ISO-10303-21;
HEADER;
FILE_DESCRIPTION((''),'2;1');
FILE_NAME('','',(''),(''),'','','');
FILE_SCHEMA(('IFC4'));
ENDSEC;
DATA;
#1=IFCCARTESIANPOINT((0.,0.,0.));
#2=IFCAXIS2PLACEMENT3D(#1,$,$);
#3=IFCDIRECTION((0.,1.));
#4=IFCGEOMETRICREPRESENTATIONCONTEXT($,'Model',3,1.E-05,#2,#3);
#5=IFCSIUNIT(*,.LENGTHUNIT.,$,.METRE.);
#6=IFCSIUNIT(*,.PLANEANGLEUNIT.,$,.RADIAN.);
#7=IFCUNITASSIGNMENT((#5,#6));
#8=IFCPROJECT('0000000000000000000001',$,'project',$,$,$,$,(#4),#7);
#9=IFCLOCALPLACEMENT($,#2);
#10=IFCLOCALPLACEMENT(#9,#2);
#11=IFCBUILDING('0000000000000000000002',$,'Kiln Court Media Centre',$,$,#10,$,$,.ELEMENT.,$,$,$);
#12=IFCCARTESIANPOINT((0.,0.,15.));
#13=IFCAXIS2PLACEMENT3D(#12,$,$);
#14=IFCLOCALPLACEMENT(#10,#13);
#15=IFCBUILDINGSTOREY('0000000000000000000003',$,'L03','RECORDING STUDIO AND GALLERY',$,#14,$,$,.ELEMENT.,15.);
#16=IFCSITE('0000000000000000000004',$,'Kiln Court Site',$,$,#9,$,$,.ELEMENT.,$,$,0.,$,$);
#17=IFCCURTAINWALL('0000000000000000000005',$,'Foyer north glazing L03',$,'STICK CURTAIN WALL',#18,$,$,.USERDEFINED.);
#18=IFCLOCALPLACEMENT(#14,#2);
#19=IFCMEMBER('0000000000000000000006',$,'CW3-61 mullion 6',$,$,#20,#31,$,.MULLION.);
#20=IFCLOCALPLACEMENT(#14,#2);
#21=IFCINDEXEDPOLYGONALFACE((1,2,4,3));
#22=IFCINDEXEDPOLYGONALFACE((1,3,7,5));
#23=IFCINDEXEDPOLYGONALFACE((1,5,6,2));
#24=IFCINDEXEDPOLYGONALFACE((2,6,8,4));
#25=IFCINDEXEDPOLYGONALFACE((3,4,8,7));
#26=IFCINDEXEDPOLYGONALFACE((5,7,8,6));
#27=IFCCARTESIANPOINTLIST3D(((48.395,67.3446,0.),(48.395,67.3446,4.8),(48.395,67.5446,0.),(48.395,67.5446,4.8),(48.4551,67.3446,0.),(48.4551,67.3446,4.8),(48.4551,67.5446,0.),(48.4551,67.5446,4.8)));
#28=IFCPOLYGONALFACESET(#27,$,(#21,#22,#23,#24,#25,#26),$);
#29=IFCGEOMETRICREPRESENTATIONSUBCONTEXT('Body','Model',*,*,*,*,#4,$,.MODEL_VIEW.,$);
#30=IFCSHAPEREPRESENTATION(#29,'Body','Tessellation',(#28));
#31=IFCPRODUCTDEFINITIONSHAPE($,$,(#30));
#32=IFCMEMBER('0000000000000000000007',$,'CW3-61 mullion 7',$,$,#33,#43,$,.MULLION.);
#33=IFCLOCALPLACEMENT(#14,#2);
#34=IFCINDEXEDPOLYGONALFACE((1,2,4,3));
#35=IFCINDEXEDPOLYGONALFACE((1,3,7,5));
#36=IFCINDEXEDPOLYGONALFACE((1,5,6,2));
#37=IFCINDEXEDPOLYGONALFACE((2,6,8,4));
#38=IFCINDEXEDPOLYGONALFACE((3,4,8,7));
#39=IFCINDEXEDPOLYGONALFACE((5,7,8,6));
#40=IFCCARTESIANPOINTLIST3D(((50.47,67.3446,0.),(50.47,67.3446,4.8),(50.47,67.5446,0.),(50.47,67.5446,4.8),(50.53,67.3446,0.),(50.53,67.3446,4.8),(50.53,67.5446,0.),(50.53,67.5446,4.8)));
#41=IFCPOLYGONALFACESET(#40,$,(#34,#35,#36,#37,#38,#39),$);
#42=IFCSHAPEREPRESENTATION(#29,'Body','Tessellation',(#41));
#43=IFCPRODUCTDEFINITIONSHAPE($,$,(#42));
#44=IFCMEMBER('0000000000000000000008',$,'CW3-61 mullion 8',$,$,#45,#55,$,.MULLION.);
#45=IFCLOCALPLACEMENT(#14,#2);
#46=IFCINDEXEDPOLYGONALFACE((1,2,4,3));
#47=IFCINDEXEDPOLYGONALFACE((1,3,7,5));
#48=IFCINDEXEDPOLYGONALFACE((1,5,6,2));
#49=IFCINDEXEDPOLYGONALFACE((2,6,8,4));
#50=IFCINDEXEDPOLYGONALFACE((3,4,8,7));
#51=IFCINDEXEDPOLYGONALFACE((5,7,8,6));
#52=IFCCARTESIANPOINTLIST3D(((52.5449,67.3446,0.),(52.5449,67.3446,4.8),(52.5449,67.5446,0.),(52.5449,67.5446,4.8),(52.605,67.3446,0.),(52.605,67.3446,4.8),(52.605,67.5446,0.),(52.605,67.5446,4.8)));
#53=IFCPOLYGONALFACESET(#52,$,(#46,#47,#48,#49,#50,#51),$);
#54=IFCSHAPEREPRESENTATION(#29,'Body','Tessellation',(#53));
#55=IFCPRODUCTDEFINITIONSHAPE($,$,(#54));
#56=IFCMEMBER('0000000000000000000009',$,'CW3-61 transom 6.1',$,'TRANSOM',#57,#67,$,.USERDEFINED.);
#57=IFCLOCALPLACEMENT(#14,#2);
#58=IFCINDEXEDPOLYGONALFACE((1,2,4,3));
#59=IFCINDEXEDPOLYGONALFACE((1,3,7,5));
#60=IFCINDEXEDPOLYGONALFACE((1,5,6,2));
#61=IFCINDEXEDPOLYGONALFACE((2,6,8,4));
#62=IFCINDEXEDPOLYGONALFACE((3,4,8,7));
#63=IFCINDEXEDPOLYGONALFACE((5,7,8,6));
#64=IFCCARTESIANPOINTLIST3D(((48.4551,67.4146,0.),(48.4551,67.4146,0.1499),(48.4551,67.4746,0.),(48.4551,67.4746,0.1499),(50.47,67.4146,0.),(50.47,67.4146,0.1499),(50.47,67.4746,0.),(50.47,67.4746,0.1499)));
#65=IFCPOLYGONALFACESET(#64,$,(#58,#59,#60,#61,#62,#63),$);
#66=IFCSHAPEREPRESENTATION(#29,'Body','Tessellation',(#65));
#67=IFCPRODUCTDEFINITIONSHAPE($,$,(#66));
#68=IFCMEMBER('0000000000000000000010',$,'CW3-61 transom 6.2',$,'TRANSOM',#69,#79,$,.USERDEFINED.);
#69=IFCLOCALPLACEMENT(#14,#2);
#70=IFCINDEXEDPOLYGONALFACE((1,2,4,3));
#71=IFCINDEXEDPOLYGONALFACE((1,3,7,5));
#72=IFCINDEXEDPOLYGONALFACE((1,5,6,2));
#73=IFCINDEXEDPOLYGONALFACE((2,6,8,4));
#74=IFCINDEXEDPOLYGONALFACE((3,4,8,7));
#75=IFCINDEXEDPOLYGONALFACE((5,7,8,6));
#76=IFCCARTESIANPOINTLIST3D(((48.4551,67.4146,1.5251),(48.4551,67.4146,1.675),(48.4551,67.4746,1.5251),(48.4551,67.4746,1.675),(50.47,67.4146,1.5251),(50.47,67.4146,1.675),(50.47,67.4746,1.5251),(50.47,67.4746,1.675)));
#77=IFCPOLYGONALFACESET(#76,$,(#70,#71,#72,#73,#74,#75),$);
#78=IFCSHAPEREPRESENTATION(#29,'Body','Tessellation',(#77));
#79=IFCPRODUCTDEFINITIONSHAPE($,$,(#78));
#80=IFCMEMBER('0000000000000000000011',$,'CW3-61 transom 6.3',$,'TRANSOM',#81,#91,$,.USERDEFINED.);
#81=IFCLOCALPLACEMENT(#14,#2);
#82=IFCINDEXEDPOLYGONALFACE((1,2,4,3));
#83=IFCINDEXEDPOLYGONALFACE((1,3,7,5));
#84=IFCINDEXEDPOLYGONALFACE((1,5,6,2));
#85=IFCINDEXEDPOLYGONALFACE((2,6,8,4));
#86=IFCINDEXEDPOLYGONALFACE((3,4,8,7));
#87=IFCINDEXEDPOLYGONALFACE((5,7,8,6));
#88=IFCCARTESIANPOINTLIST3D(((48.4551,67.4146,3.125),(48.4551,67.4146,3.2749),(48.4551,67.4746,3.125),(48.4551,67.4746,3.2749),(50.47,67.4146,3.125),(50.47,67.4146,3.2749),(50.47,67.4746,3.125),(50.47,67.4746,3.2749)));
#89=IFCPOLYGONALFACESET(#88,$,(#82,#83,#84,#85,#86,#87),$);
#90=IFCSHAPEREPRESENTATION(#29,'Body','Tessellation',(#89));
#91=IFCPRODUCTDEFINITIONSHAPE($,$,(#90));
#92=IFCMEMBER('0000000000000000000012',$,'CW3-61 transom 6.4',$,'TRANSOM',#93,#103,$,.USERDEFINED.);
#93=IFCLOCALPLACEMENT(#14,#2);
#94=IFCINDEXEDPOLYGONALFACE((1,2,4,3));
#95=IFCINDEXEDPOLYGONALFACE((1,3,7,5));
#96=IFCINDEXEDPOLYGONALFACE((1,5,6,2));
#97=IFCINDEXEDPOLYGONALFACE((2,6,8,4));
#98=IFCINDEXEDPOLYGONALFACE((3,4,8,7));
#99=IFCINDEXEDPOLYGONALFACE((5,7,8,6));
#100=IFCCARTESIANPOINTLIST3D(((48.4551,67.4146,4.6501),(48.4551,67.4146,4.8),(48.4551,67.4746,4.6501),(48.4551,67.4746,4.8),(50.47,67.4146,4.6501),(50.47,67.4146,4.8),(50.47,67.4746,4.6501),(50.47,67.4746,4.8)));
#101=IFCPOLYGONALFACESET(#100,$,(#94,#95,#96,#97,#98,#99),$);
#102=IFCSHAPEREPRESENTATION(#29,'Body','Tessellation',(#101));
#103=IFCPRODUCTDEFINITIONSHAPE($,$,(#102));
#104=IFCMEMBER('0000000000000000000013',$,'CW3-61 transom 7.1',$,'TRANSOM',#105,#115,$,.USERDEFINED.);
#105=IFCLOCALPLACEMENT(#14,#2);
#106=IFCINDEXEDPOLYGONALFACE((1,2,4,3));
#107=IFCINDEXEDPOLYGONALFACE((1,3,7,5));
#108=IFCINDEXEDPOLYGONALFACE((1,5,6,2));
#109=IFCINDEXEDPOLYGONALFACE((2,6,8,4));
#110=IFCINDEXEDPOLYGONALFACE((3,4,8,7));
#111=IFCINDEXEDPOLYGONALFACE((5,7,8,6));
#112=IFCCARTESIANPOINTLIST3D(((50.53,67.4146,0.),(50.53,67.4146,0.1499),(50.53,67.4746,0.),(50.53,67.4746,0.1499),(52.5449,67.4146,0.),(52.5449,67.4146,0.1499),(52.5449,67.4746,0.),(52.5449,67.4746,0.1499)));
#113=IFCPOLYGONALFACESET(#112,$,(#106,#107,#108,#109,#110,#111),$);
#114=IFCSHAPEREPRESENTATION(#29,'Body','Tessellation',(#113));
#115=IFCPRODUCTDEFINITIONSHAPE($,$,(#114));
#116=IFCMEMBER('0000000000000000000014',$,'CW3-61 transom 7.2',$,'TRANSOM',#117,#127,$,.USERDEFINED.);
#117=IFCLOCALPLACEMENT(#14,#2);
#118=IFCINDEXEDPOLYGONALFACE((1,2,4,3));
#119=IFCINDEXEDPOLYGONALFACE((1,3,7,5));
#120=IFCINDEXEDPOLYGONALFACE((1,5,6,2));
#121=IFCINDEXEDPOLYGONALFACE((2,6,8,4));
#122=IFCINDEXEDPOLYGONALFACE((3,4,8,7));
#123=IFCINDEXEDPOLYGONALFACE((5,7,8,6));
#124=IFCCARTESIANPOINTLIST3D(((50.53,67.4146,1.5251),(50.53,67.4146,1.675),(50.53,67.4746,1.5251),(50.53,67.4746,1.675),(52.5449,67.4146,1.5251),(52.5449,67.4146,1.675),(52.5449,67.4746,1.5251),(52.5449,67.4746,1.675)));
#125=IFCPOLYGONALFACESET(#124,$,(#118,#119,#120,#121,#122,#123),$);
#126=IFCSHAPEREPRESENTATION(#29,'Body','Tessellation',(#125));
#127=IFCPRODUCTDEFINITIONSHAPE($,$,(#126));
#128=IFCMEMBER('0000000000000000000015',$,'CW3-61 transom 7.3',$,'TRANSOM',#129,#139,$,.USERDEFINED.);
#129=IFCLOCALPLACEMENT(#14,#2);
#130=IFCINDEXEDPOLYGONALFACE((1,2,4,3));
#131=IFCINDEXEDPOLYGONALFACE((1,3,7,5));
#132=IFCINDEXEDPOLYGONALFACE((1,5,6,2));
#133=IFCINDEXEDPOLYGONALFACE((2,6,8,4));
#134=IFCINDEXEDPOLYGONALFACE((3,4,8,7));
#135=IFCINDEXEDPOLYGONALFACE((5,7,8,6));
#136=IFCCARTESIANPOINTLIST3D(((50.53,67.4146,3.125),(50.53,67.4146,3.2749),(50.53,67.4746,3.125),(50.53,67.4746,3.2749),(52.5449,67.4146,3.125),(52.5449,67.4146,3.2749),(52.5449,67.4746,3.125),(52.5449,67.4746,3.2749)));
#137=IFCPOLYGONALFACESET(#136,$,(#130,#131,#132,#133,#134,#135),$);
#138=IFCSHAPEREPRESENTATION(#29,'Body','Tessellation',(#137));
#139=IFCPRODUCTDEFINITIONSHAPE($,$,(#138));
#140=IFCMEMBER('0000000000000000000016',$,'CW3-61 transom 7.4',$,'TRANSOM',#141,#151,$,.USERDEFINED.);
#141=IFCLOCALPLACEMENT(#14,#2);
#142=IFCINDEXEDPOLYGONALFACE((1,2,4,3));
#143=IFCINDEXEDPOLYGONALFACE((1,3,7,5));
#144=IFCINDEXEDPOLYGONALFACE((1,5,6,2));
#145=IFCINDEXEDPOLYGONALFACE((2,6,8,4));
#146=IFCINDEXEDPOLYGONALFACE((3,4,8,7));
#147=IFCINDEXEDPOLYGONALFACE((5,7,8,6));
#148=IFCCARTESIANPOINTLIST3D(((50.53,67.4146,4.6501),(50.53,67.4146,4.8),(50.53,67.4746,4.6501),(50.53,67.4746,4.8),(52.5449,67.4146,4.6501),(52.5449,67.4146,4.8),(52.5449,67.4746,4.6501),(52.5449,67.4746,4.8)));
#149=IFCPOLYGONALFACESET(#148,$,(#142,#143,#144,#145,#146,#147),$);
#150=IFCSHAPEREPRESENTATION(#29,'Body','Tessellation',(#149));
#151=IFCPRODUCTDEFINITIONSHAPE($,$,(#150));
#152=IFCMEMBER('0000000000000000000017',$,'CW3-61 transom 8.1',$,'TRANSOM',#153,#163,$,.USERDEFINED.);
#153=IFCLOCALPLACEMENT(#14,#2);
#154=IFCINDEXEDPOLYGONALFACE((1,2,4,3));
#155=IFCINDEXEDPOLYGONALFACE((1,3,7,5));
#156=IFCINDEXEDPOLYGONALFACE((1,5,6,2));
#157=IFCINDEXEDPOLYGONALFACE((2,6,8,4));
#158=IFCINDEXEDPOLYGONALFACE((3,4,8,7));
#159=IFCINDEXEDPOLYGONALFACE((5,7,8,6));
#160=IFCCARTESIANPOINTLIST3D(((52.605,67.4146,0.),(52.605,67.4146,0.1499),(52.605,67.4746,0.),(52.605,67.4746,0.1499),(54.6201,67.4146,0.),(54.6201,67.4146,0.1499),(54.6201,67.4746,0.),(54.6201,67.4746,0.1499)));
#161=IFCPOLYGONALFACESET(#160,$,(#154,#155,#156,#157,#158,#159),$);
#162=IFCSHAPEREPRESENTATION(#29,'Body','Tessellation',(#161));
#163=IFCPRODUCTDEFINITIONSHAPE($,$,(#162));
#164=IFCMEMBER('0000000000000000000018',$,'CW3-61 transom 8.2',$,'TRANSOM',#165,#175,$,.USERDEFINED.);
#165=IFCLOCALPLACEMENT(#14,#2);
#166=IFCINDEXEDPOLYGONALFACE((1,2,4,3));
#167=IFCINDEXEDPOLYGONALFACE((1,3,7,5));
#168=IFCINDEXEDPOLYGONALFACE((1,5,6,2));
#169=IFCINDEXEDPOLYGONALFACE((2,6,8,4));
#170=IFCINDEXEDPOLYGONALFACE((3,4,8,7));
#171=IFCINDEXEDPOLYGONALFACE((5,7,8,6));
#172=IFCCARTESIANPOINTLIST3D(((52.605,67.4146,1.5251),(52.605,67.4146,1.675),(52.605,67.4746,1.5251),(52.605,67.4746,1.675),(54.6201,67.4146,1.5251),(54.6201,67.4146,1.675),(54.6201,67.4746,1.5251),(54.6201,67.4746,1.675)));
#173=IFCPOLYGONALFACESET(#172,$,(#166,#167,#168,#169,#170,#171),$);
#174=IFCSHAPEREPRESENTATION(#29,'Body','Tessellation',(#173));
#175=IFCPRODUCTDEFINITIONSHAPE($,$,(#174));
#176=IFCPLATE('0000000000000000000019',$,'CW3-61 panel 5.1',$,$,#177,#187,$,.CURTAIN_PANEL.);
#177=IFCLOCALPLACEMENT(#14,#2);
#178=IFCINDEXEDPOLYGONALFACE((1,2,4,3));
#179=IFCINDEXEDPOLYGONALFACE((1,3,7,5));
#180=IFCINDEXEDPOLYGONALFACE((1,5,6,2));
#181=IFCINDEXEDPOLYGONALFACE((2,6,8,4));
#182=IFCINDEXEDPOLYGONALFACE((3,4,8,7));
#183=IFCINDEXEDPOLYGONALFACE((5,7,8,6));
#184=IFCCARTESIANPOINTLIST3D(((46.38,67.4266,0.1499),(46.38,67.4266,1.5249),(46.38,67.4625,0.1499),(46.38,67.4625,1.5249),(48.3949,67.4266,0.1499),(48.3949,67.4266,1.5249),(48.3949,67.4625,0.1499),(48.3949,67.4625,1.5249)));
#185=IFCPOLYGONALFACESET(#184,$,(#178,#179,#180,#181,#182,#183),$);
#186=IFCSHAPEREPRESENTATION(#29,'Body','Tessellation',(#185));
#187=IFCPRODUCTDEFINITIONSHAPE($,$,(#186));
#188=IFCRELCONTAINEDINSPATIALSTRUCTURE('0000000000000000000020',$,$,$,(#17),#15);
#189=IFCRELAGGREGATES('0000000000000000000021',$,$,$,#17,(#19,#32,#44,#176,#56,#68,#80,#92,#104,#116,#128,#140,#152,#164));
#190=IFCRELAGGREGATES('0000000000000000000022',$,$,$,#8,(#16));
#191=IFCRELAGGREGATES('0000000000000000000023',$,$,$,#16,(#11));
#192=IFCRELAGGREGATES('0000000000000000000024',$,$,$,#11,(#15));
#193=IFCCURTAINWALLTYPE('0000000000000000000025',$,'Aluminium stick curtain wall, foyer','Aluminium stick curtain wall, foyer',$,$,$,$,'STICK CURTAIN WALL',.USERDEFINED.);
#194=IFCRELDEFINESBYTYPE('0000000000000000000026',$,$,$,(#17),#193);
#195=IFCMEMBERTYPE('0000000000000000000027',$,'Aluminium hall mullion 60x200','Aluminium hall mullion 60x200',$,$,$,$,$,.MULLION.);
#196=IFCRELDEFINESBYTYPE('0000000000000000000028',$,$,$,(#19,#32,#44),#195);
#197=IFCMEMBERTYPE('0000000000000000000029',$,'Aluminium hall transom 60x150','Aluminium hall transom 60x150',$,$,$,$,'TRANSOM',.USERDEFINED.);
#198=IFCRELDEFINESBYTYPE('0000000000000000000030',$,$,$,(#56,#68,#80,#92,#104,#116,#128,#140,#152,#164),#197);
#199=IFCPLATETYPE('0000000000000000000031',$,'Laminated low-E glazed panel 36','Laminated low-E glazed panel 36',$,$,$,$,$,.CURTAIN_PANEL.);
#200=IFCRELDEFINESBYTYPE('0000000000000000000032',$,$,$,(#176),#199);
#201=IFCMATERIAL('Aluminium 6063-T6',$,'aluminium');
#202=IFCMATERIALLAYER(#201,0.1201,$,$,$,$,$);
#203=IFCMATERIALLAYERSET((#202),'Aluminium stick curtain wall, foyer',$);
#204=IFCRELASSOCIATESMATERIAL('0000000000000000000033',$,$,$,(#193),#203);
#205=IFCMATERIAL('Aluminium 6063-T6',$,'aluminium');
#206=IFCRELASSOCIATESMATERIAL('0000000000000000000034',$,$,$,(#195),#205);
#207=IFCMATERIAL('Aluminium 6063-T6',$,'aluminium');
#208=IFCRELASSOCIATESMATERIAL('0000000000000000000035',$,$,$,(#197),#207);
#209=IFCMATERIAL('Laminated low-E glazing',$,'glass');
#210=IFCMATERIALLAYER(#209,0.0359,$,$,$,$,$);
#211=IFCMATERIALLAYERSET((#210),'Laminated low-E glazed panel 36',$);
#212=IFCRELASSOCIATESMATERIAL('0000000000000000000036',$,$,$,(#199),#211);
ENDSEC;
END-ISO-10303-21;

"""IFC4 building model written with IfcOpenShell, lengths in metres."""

from ifc_helpers import new_model, si_unit, direction, frame, origin, origin_2d, place, context, subcontext, project, spatial, rectangle, extrude, material, layer, layer_set, material_profile, profile_set, type_object, element, aggregate, save


model = new_model("IFC4")

# Units and contexts
model_context = context("Model", 3, precision=1e-05, world=origin(), true_north=direction((0.0, 1.0)))
body_context = subcontext(model_context, "Body", "Model", "MODEL_VIEW")
ifc_project = project(units=[si_unit("LENGTHUNIT", "METRE"), si_unit("PLANEANGLEUNIT", "RADIAN")], contexts=[model_context])

# Site, building, storey
site_placement = place(None, origin())
site = spatial("IfcSite", under=ifc_project, at=site_placement, Name="Kiln Court Site", CompositionType="ELEMENT", RefElevation=0.0)
building_placement = place(site_placement, origin())
building = spatial("IfcBuilding", under=site, at=building_placement, Name="Kiln Court Media Centre", CompositionType="ELEMENT")
storey_placement = place(building_placement, frame((0.0, 0.0, 15.0)))
storey = spatial("IfcBuildingStorey", under=building, at=storey_placement, Name="L03", Description="RECORDING STUDIO AND GALLERY", CompositionType="ELEMENT", Elevation=15.0)

# Curtain wall, members, plate
ifc_material_1 = material(Name="Aluminium 6063-T6", Category="aluminium")
ifc_layer_1 = layer(ifc_material_1, 0.1201)
ifc_layer_set_1 = layer_set([ifc_layer_1], Name="Aluminium stick curtain wall, foyer")
curtain_wall_type = type_object("IfcCurtainWallType", Name="Aluminium stick curtain wall, foyer", Description="Aluminium stick curtain wall, foyer", ElementType="STICK CURTAIN WALL", PredefinedType="USERDEFINED", material=ifc_layer_set_1)
curtain_wall_placement = place(storey_placement, origin())
curtain_wall = element("IfcCurtainWall", 1, at=curtain_wall_placement, inside=storey, type_object=curtain_wall_type, Name="Foyer north glazing L03", ObjectType="STICK CURTAIN WALL", PredefinedType="USERDEFINED")
ifc_material_2 = material(Name="Aluminium 6063-T6", Category="aluminium")
ifc_material_profile_1 = material_profile(ifc_material_2, rectangle(XDim=0.0601, YDim=0.2, at=origin_2d()), Name="Aluminium hall mullion 60x200")
ifc_profile_set_1 = profile_set([ifc_material_profile_1], Name="Aluminium 6063-T6")
member_type_1 = type_object("IfcMemberType", Name="Aluminium hall mullion 60x200", Description="Aluminium hall mullion 60x200", PredefinedType="MULLION", material=ifc_profile_set_1)
member_1_placement = place(storey_placement, frame((48.425, 67.4446, 0.0), z_axis=(0.0, 0.0, 1.0), x_axis=(1.0, 0.0, 0.0)))
member_1 = element("IfcMember", 2, at=member_1_placement, type_object=member_type_1, Name="CW3-61 mullion 6", PredefinedType="MULLION", context=body_context, shape_type="SweptSolid", body=[
    extrude(rectangle(XDim=0.0601, YDim=0.2, at=origin_2d()), origin(), (0.0, 0.0, 1.0), 4.8),
])
member_2_placement = place(storey_placement, frame((50.5, 67.4446, 0.0), z_axis=(0.0, 0.0, 1.0), x_axis=(1.0, 0.0, 0.0)))
member_2 = element("IfcMember", 3, at=member_2_placement, type_object=member_type_1, Name="CW3-61 mullion 7", PredefinedType="MULLION", context=body_context, shape_type="SweptSolid", body=[
    extrude(rectangle(XDim=0.0601, YDim=0.2, at=origin_2d()), origin(), (0.0, 0.0, 1.0), 4.8),
])
member_3_placement = place(storey_placement, frame((52.575, 67.4446, 0.0), z_axis=(0.0, 0.0, 1.0), x_axis=(1.0, 0.0, 0.0)))
member_3 = element("IfcMember", 4, at=member_3_placement, type_object=member_type_1, Name="CW3-61 mullion 8", PredefinedType="MULLION", context=body_context, shape_type="SweptSolid", body=[
    extrude(rectangle(XDim=0.0601, YDim=0.2, at=origin_2d()), origin(), (0.0, 0.0, 1.0), 4.8),
])
ifc_material_3 = material(Name="Aluminium 6063-T6", Category="aluminium")
ifc_material_profile_2 = material_profile(ifc_material_3, rectangle(XDim=0.0601, YDim=0.1499, at=origin_2d()), Name="Aluminium hall transom 60x150")
ifc_profile_set_2 = profile_set([ifc_material_profile_2], Name="Aluminium 6063-T6")
member_type_2 = type_object("IfcMemberType", Name="Aluminium hall transom 60x150", Description="Aluminium hall transom 60x150", ElementType="TRANSOM", PredefinedType="USERDEFINED", material=ifc_profile_set_2)
member_4_placement = place(storey_placement, frame((48.4551, 67.4446, 0.075), z_axis=(1.0, 0.0, 0.0), x_axis=(0.0, 1.0, 0.0)))
member_4 = element("IfcMember", 5, at=member_4_placement, type_object=member_type_2, Name="CW3-61 transom 6.1", ObjectType="TRANSOM", PredefinedType="USERDEFINED", context=body_context, shape_type="SweptSolid", body=[
    extrude(rectangle(XDim=0.0601, YDim=0.1499, at=origin_2d()), origin(), (0.0, 0.0, 1.0), 2.0149),
])
member_5_placement = place(storey_placement, frame((48.4551, 67.4446, 1.6001), z_axis=(1.0, 0.0, 0.0), x_axis=(0.0, 1.0, 0.0)))
member_5 = element("IfcMember", 6, at=member_5_placement, type_object=member_type_2, Name="CW3-61 transom 6.2", ObjectType="TRANSOM", PredefinedType="USERDEFINED", context=body_context, shape_type="SweptSolid", body=[
    extrude(rectangle(XDim=0.0601, YDim=0.1499, at=origin_2d()), origin(), (0.0, 0.0, 1.0), 2.0149),
])
member_6_placement = place(storey_placement, frame((48.4551, 67.4446, 3.2), z_axis=(1.0, 0.0, 0.0), x_axis=(0.0, 1.0, 0.0)))
member_6 = element("IfcMember", 7, at=member_6_placement, type_object=member_type_2, Name="CW3-61 transom 6.3", ObjectType="TRANSOM", PredefinedType="USERDEFINED", context=body_context, shape_type="SweptSolid", body=[
    extrude(rectangle(XDim=0.0601, YDim=0.1499, at=origin_2d()), origin(), (0.0, 0.0, 1.0), 2.0149),
])
member_7_placement = place(storey_placement, frame((48.4551, 67.4446, 4.7251), z_axis=(1.0, 0.0, 0.0), x_axis=(0.0, 1.0, 0.0)))
member_7 = element("IfcMember", 8, at=member_7_placement, type_object=member_type_2, Name="CW3-61 transom 6.4", ObjectType="TRANSOM", PredefinedType="USERDEFINED", context=body_context, shape_type="SweptSolid", body=[
    extrude(rectangle(XDim=0.0601, YDim=0.1499, at=origin_2d()), origin(), (0.0, 0.0, 1.0), 2.0149),
])
member_8_placement = place(storey_placement, frame((50.53, 67.4446, 0.075), z_axis=(1.0, 0.0, 0.0), x_axis=(0.0, 1.0, 0.0)))
member_8 = element("IfcMember", 9, at=member_8_placement, type_object=member_type_2, Name="CW3-61 transom 7.1", ObjectType="TRANSOM", PredefinedType="USERDEFINED", context=body_context, shape_type="SweptSolid", body=[
    extrude(rectangle(XDim=0.0601, YDim=0.1499, at=origin_2d()), origin(), (0.0, 0.0, 1.0), 2.0149),
])
member_9_placement = place(storey_placement, frame((50.53, 67.4446, 1.6001), z_axis=(1.0, 0.0, 0.0), x_axis=(0.0, 1.0, 0.0)))
member_9 = element("IfcMember", 10, at=member_9_placement, type_object=member_type_2, Name="CW3-61 transom 7.2", ObjectType="TRANSOM", PredefinedType="USERDEFINED", context=body_context, shape_type="SweptSolid", body=[
    extrude(rectangle(XDim=0.0601, YDim=0.1499, at=origin_2d()), origin(), (0.0, 0.0, 1.0), 2.0149),
])
member_10_placement = place(storey_placement, frame((50.53, 67.4446, 3.2), z_axis=(1.0, 0.0, 0.0), x_axis=(0.0, 1.0, 0.0)))
member_10 = element("IfcMember", 11, at=member_10_placement, type_object=member_type_2, Name="CW3-61 transom 7.3", ObjectType="TRANSOM", PredefinedType="USERDEFINED", context=body_context, shape_type="SweptSolid", body=[
    extrude(rectangle(XDim=0.0601, YDim=0.1499, at=origin_2d()), origin(), (0.0, 0.0, 1.0), 2.0149),
])
member_11_placement = place(storey_placement, frame((50.53, 67.4446, 4.7251), z_axis=(1.0, 0.0, 0.0), x_axis=(0.0, 1.0, 0.0)))
member_11 = element("IfcMember", 12, at=member_11_placement, type_object=member_type_2, Name="CW3-61 transom 7.4", ObjectType="TRANSOM", PredefinedType="USERDEFINED", context=body_context, shape_type="SweptSolid", body=[
    extrude(rectangle(XDim=0.0601, YDim=0.1499, at=origin_2d()), origin(), (0.0, 0.0, 1.0), 2.0149),
])
member_12_placement = place(storey_placement, frame((52.605, 67.4446, 0.075), z_axis=(1.0, 0.0, 0.0), x_axis=(0.0, 1.0, 0.0)))
member_12 = element("IfcMember", 13, at=member_12_placement, type_object=member_type_2, Name="CW3-61 transom 8.1", ObjectType="TRANSOM", PredefinedType="USERDEFINED", context=body_context, shape_type="SweptSolid", body=[
    extrude(rectangle(XDim=0.0601, YDim=0.1499, at=origin_2d()), origin(), (0.0, 0.0, 1.0), 2.0151),
])
member_13_placement = place(storey_placement, frame((52.605, 67.4446, 1.6001), z_axis=(1.0, 0.0, 0.0), x_axis=(0.0, 1.0, 0.0)))
member_13 = element("IfcMember", 14, at=member_13_placement, type_object=member_type_2, Name="CW3-61 transom 8.2", ObjectType="TRANSOM", PredefinedType="USERDEFINED", context=body_context, shape_type="SweptSolid", body=[
    extrude(rectangle(XDim=0.0601, YDim=0.1499, at=origin_2d()), origin(), (0.0, 0.0, 1.0), 2.0151),
])
ifc_material_4 = material(Name="Laminated low-E glazing", Category="glass")
ifc_layer_2 = layer(ifc_material_4, 0.0359)
ifc_layer_set_2 = layer_set([ifc_layer_2], Name="Laminated low-E glazed panel 36")
plate_type = type_object("IfcPlateType", Name="Laminated low-E glazed panel 36", Description="Laminated low-E glazed panel 36", PredefinedType="CURTAIN_PANEL", material=ifc_layer_set_2)
plate_1_placement = place(storey_placement, frame((47.3875, 67.4446, 0.1499), z_axis=(0.0, 0.0, 1.0), x_axis=(1.0, 0.0, 0.0)))
plate_1 = element("IfcPlate", 15, at=plate_1_placement, type_object=plate_type, Name="CW3-61 panel 5.1", PredefinedType="CURTAIN_PANEL", context=body_context, shape_type="SweptSolid", body=[
    extrude(rectangle(XDim=2.0149, YDim=0.0359, at=origin_2d()), origin(), (0.0, 0.0, 1.0), 1.375),
])
aggregate(curtain_wall, [member_1, member_2, member_3, plate_1, member_4, member_5, member_6, member_7, member_8, member_9, member_10, member_11, member_12, member_13])

save(model, "model.ifc")
